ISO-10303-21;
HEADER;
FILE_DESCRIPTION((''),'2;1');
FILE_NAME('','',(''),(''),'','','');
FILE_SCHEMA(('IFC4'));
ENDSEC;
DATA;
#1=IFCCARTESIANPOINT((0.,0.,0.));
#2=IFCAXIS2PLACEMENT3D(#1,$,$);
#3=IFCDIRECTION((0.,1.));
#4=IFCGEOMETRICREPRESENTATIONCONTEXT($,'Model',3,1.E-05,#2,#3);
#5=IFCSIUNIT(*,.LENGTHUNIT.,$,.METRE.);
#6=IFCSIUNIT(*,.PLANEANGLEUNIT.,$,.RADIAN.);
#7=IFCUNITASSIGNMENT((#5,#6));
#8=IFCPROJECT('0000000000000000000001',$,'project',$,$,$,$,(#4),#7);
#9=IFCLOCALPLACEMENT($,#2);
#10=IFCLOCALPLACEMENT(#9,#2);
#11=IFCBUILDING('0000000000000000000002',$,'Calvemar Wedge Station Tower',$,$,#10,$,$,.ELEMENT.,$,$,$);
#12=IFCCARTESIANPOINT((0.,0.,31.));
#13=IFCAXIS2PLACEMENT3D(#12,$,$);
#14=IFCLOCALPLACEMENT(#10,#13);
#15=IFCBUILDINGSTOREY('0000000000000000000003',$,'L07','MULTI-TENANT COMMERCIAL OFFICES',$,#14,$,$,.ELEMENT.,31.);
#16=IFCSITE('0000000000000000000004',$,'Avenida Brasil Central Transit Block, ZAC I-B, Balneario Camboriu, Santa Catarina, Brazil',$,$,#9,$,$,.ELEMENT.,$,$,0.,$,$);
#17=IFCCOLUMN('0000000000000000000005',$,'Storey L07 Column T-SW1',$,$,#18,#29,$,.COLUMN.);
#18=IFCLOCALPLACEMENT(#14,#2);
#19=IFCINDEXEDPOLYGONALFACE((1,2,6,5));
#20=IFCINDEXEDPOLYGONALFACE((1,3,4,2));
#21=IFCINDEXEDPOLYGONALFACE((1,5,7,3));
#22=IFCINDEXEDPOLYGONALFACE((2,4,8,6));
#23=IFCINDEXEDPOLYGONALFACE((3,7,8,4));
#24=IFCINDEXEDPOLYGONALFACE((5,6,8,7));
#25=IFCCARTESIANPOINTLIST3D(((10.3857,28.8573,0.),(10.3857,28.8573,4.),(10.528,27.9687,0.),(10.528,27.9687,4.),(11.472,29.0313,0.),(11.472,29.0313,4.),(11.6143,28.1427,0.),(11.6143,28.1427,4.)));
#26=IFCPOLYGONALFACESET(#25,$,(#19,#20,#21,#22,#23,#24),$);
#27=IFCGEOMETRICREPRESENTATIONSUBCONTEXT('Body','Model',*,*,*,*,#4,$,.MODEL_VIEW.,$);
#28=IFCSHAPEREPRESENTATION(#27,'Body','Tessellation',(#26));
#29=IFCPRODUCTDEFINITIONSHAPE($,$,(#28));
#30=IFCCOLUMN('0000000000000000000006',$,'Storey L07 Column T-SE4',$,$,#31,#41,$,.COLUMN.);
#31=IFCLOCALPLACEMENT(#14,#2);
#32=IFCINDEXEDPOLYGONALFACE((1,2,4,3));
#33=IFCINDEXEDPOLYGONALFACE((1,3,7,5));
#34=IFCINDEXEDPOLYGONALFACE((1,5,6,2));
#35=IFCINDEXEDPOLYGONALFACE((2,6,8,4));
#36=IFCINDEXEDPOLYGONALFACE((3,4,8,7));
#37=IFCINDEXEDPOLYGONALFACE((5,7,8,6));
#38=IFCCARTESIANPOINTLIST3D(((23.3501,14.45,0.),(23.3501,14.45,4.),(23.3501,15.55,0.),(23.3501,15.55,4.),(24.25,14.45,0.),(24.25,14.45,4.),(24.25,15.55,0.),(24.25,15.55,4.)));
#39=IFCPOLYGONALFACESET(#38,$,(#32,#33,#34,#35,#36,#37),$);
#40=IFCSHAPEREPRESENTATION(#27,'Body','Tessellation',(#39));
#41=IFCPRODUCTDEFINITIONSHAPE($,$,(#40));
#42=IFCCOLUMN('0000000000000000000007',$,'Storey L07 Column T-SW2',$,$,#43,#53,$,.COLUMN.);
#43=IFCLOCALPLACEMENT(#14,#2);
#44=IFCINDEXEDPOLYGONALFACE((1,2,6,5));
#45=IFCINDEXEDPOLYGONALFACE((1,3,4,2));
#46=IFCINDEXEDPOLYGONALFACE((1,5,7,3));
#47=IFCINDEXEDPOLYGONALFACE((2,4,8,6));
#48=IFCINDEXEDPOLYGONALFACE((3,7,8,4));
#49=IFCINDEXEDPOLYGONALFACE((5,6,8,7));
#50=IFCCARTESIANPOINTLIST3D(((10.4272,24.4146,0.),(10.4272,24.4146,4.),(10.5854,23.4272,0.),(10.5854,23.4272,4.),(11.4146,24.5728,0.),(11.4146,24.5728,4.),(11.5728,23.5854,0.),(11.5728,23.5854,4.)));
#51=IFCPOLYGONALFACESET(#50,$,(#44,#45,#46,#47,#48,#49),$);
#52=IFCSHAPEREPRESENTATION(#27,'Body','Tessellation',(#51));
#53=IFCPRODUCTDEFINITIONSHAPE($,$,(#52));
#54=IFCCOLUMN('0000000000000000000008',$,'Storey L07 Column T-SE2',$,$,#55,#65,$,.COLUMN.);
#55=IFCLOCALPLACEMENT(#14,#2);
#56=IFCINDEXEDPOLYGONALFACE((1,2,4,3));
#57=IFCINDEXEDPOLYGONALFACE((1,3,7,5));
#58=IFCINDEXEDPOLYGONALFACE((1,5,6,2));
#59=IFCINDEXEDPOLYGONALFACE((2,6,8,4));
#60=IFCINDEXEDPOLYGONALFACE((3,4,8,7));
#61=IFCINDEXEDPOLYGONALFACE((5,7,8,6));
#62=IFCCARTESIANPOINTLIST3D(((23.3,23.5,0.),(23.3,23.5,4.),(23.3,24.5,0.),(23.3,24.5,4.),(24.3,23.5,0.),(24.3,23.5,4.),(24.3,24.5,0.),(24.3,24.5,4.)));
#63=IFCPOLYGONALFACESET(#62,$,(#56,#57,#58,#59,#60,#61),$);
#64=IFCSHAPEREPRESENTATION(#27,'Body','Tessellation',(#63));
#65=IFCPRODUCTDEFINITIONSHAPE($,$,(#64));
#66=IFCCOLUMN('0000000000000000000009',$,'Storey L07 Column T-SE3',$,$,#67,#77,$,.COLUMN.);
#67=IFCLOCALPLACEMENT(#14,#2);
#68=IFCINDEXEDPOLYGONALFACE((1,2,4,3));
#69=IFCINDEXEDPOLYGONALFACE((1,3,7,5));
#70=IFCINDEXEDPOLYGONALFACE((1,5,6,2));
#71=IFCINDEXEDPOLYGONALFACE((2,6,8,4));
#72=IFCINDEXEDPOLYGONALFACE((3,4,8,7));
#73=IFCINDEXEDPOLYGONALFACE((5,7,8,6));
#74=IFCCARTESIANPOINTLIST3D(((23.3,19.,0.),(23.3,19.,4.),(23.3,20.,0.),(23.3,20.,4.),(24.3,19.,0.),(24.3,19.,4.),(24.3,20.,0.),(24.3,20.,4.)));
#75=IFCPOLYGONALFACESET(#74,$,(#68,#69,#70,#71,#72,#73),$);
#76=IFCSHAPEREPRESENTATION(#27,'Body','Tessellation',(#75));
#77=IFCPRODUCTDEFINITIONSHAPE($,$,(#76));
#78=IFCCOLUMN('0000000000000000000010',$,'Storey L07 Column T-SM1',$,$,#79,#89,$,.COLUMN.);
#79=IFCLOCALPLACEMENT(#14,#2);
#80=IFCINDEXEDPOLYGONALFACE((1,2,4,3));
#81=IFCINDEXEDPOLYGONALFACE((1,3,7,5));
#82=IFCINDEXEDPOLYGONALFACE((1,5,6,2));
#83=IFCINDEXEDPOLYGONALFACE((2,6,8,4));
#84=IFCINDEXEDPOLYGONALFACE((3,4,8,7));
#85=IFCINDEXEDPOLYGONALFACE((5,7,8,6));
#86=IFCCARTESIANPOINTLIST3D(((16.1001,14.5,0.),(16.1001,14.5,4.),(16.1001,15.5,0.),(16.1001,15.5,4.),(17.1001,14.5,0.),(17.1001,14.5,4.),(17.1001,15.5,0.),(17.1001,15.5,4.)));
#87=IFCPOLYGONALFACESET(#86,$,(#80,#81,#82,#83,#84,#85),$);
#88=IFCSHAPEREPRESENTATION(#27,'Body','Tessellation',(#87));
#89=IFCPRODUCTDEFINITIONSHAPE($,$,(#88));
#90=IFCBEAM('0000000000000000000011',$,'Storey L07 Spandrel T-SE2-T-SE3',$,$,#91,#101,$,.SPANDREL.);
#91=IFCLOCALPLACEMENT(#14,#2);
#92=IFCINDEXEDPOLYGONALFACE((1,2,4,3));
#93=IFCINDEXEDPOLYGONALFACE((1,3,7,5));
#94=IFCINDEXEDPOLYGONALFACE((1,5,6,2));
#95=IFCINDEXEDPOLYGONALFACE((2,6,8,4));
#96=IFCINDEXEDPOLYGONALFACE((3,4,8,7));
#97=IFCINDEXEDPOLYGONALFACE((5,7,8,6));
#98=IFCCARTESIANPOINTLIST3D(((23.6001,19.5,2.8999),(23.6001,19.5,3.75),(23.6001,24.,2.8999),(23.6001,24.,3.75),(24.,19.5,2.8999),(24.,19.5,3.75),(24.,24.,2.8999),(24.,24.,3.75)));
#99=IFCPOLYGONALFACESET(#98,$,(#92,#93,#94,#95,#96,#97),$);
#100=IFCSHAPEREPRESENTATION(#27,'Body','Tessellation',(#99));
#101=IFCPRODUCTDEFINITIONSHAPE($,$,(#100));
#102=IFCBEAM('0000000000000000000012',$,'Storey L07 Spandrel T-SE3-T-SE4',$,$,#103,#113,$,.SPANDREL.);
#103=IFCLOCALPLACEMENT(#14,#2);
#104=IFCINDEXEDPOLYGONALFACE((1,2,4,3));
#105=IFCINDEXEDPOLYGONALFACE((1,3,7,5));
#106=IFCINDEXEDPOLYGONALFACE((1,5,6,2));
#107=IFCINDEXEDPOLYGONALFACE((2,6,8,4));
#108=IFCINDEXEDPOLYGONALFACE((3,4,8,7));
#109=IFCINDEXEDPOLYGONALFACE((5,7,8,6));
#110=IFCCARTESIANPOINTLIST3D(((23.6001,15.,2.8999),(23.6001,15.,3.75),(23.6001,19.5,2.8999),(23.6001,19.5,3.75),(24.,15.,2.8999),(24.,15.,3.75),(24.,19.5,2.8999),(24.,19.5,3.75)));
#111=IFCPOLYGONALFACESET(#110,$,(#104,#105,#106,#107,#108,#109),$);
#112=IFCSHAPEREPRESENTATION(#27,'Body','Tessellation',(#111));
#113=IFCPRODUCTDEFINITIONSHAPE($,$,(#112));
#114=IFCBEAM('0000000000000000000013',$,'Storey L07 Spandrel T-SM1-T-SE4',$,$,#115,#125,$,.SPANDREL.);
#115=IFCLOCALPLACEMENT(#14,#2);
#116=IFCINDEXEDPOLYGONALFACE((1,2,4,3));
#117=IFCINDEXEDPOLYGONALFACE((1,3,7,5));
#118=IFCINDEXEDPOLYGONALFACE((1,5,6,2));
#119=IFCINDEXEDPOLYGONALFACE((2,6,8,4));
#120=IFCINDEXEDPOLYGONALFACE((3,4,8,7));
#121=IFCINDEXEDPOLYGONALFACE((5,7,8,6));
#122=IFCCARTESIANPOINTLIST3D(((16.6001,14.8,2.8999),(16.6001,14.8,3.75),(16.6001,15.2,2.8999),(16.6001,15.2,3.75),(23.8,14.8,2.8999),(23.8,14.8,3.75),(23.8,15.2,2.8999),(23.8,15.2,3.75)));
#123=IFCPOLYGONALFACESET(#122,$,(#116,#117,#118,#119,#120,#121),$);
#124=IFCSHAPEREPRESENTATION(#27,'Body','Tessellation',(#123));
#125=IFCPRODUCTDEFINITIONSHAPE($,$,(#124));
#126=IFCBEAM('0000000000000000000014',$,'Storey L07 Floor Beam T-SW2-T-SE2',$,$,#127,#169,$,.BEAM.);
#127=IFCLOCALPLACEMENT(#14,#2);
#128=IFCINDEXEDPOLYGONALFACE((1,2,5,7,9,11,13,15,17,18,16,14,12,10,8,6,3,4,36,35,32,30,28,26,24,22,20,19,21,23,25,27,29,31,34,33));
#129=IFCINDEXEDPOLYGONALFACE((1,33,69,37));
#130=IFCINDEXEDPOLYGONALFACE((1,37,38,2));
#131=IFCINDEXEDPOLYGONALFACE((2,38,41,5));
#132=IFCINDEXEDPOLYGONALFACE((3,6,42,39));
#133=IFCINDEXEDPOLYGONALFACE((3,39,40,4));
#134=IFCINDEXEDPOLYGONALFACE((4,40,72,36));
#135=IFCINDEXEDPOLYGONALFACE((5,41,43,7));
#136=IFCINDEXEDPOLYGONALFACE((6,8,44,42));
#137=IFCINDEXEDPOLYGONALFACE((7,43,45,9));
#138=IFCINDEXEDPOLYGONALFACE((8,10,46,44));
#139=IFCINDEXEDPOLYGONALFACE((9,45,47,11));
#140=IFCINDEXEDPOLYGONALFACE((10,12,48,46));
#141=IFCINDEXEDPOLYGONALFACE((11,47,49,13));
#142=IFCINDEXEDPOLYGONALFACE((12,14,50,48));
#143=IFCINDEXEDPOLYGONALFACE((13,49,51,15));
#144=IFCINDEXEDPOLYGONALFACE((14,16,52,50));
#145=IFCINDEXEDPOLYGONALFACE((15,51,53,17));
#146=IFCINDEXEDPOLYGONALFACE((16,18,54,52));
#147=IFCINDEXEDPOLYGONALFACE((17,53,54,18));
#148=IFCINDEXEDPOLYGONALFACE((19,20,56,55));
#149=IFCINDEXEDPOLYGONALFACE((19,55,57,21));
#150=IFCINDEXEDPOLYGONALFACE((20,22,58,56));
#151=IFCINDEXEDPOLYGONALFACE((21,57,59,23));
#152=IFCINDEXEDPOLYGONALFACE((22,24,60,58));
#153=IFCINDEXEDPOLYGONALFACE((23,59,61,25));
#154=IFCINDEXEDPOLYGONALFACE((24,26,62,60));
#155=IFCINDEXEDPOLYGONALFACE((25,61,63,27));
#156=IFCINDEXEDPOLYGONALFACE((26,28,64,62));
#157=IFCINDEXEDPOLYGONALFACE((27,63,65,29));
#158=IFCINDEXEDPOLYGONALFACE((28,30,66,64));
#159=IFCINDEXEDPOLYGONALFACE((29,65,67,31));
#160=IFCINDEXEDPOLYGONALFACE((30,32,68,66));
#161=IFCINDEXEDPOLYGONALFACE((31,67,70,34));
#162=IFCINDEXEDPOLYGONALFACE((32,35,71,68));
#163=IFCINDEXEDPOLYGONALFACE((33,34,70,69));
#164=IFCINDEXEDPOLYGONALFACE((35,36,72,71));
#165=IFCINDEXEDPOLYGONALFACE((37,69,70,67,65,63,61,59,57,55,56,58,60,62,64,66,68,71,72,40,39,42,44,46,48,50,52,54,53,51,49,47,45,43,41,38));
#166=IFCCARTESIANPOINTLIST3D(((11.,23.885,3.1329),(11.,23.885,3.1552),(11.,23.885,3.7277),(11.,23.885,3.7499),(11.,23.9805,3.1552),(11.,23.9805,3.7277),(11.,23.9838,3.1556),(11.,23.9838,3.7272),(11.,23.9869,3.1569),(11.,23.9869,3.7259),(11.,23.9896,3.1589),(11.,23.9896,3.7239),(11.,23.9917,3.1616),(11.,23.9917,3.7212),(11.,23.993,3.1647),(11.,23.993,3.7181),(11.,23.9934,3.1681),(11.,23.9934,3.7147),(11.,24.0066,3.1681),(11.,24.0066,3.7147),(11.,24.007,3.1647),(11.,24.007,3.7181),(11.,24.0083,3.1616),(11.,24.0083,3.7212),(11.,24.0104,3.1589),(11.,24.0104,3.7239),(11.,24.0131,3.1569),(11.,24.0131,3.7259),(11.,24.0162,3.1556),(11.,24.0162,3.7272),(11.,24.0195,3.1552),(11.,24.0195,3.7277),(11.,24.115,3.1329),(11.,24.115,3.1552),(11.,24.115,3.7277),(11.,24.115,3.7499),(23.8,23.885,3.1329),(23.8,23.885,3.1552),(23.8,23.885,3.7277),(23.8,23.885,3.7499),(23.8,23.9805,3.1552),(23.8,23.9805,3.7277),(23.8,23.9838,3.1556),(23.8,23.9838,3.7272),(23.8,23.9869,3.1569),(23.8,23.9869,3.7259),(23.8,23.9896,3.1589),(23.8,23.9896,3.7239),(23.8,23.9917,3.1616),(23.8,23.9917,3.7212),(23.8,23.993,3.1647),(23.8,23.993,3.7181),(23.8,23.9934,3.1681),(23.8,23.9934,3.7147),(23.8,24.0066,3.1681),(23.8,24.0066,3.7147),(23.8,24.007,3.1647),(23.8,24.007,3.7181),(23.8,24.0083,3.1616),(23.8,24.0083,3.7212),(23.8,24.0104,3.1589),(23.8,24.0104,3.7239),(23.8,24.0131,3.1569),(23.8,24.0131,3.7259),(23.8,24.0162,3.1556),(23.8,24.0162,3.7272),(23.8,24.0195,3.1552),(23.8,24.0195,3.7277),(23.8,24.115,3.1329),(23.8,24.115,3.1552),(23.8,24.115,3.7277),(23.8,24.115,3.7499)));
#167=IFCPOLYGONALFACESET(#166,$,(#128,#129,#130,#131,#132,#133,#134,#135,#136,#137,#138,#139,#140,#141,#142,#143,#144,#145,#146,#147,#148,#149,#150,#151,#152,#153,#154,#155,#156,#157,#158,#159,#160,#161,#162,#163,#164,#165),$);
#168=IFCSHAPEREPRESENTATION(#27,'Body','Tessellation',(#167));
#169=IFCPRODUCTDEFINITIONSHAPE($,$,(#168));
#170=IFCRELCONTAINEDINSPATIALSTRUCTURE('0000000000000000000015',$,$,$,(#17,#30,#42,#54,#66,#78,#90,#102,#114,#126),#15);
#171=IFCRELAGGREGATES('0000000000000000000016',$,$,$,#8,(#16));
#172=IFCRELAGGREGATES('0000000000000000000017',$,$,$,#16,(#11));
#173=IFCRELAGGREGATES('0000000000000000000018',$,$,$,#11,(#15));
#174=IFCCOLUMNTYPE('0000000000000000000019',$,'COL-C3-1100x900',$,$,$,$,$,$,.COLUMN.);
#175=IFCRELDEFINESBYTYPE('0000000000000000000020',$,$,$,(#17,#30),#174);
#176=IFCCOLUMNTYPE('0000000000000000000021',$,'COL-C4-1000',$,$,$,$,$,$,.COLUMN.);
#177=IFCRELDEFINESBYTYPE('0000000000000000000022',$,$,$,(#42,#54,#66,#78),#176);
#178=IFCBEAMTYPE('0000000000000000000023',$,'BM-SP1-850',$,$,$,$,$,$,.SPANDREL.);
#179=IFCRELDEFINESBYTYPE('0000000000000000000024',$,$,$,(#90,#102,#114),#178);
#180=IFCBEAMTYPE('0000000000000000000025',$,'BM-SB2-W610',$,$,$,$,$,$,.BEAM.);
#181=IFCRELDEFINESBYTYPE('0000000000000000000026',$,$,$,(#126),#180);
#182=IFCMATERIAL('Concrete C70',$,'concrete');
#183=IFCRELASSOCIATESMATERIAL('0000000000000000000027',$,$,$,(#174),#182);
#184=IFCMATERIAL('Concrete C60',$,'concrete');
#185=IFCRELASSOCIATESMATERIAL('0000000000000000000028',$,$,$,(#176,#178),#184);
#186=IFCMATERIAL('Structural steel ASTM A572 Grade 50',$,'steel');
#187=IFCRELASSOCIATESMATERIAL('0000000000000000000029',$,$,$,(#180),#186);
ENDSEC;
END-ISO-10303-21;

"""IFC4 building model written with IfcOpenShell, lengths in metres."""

from ifc_helpers import new_model, si_unit, direction, frame, origin, origin_2d, place, context, subcontext, project, spatial, rectangle, i_section, extrude, source, transform, mapped, material, material_profile, profile_set, type_object, element, save


model = new_model("IFC4")

# Units and contexts
model_context = context("Model", 3, precision=1e-05, world=origin(), true_north=direction((0.0, 1.0)))
body_context = subcontext(model_context, "Body", "Model", "MODEL_VIEW")
ifc_project = project(units=[si_unit("LENGTHUNIT", "METRE"), si_unit("PLANEANGLEUNIT", "RADIAN")], contexts=[model_context])

# Site, building, storey
site_placement = place(None, origin())
site = spatial("IfcSite", under=ifc_project, at=site_placement, Name="Avenida Brasil Central Transit Block, ZAC I-B, Balneario Camboriu, Santa Catarina, Brazil", CompositionType="ELEMENT", RefElevation=0.0)
building_placement = place(site_placement, origin())
building = spatial("IfcBuilding", under=site, at=building_placement, Name="Calvemar Wedge Station Tower", CompositionType="ELEMENT")
storey_placement = place(building_placement, frame((0.0, 0.0, 31.0)))
storey = spatial("IfcBuildingStorey", under=building, at=storey_placement, Name="L07", Description="MULTI-TENANT COMMERCIAL OFFICES", CompositionType="ELEMENT", Elevation=31.0)

# Columns
ifc_material_1 = material(Name="Concrete C70", Category="concrete")
ifc_material_profile_1 = material_profile(ifc_material_1, rectangle(XDim=0.8999, YDim=1.1001, at=origin_2d()), Name="RC1100x900")
ifc_profile_set_1 = profile_set([ifc_material_profile_1], Name="Concrete C70")
column_type_1 = type_object("IfcColumnType", Name="COL-C3-1100x900", PredefinedType="COLUMN", material=ifc_profile_set_1)
shared_shape_1 = source(origin(), body_context, "Body", "SweptSolid", [
    extrude(rectangle(XDim=0.8999, YDim=1.1001, at=origin_2d()), origin(), (0.0, 0.0, 1.0), 4.0),
])
for number, where, z_axis, x_axis, name in (
    (1, (11.0, 28.5, 0.0), (0.0, 0.0, 1.0), (0.158158, -0.987414, 0.0), "Storey L07 Column T-SW1"),
    (2, (23.8, 15.0, 0.0), (0.0, 0.0, 1.0), (1.0, 0.0, 0.0), "Storey L07 Column T-SE4"),
):
    element("IfcColumn", number, at=place(storey_placement, frame(where, z_axis=z_axis, x_axis=x_axis)), inside=storey, type_object=column_type_1, Name=name, PredefinedType="COLUMN", context=body_context, shape_type="MappedRepresentation", body=[
        mapped(shared_shape_1, transform((0.0, 0.0, 0.0), scale=1.0)),
    ])
ifc_material_2 = material(Name="Concrete C60", Category="concrete")
ifc_material_profile_2 = material_profile(ifc_material_2, rectangle(XDim=1.0, YDim=1.0, at=origin_2d()), Name="RC1000x1000")
ifc_profile_set_2 = profile_set([ifc_material_profile_2], Name="Concrete C60")
column_type_2 = type_object("IfcColumnType", Name="COL-C4-1000", PredefinedType="COLUMN", material=ifc_profile_set_2)
shared_shape_2 = source(origin(), body_context, "Body", "SweptSolid", [
    extrude(rectangle(XDim=1.0, YDim=1.0, at=origin_2d()), origin(), (0.0, 0.0, 1.0), 4.0),
])
for number, where, z_axis, x_axis, name in (
    (3, (11.0, 24.0, 0.0), (0.0, 0.0, 1.0), (0.158158, -0.987414, 0.0), "Storey L07 Column T-SW2"),
    (4, (23.8, 24.0, 0.0), (0.0, 0.0, 1.0), (1.0, 0.0, 0.0), "Storey L07 Column T-SE2"),
    (5, (23.8, 19.5, 0.0), (0.0, 0.0, 1.0), (1.0, 0.0, 0.0), "Storey L07 Column T-SE3"),
    (6, (16.6001, 15.0, 0.0), (0.0, 0.0, 1.0), (1.0, 0.0, 0.0), "Storey L07 Column T-SM1"),
):
    element("IfcColumn", number, at=place(storey_placement, frame(where, z_axis=z_axis, x_axis=x_axis)), inside=storey, type_object=column_type_2, Name=name, PredefinedType="COLUMN", context=body_context, shape_type="MappedRepresentation", body=[
        mapped(shared_shape_2, transform((0.0, 0.0, 0.0), scale=1.0)),
    ])

# Beams
ifc_material_profile_3 = material_profile(ifc_material_2, rectangle(XDim=0.3999, YDim=0.8501, at=origin_2d()), Name="RC400x850")
ifc_profile_set_3 = profile_set([ifc_material_profile_3], Name="Concrete C60")
beam_type_1 = type_object("IfcBeamType", Name="BM-SP1-850", PredefinedType="SPANDREL", material=ifc_profile_set_3)
shared_shape_3 = source(origin(), body_context, "Body", "SweptSolid", [
    extrude(rectangle(XDim=0.3999, YDim=0.8501, at=origin_2d()), origin(), (0.0, 0.0, 1.0), 4.5),
])
for number, where, z_axis, x_axis, name in (
    (7, (23.8, 24.0, 3.325), (0.0, -1.0, 0.0), (1.0, 0.0, 0.0), "Storey L07 Spandrel T-SE2-T-SE3"),
    (8, (23.8, 19.5, 3.325), (0.0, -1.0, 0.0), (1.0, 0.0, 0.0), "Storey L07 Spandrel T-SE3-T-SE4"),
):
    element("IfcBeam", number, at=place(storey_placement, frame(where, z_axis=z_axis, x_axis=x_axis)), inside=storey, type_object=beam_type_1, Name=name, PredefinedType="SPANDREL", context=body_context, shape_type="MappedRepresentation", body=[
        mapped(shared_shape_3, transform((0.0, 0.0, 0.0), scale=1.0)),
    ])
shared_shape_4 = source(origin(), body_context, "Body", "SweptSolid", [
    extrude(rectangle(XDim=0.3999, YDim=0.8501, at=origin_2d()), origin(), (0.0, 0.0, 1.0), 7.2),
])
beam_1_placement = place(storey_placement, frame((16.6001, 15.0, 3.325), z_axis=(1.0, 0.0, 0.0), x_axis=(0.0, 1.0, 0.0)))
element("IfcBeam", 9, at=beam_1_placement, inside=storey, type_object=beam_type_1, Name="Storey L07 Spandrel T-SM1-T-SE4", PredefinedType="SPANDREL", context=body_context, shape_type="MappedRepresentation", body=[
    mapped(shared_shape_4, transform((0.0, 0.0, 0.0), scale=1.0)),
])
ifc_material_3 = material(Name="Structural steel ASTM A572 Grade 50", Category="steel")
ifc_material_profile_4 = material_profile(ifc_material_3, i_section(OverallWidth=0.23, OverallDepth=0.6169, WebThickness=0.0132, FlangeThickness=0.0222, FilletRadius=0.0129, at=origin_2d()), Name="W610x140")
ifc_profile_set_4 = profile_set([ifc_material_profile_4], Name="Structural steel ASTM A572 Grade 50")
beam_type_2 = type_object("IfcBeamType", Name="BM-SB2-W610", PredefinedType="BEAM", material=ifc_profile_set_4)
shared_shape_5 = source(origin(), body_context, "Body", "SweptSolid", [
    extrude(i_section(OverallWidth=0.23, OverallDepth=0.6169, WebThickness=0.0132, FlangeThickness=0.0222, FilletRadius=0.0129, at=origin_2d()), origin(), (0.0, 0.0, 1.0), 12.8),
])
beam_2_placement = place(storey_placement, frame((11.0, 24.0, 3.4414), z_axis=(1.0, 0.0, 0.0), x_axis=(0.0, 1.0, 0.0)))
element("IfcBeam", 10, at=beam_2_placement, inside=storey, type_object=beam_type_2, Name="Storey L07 Floor Beam T-SW2-T-SE2", PredefinedType="BEAM", context=body_context, shape_type="MappedRepresentation", body=[
    mapped(shared_shape_5, transform((0.0, 0.0, 0.0), scale=1.0)),
])

save(model, "model.ifc")
